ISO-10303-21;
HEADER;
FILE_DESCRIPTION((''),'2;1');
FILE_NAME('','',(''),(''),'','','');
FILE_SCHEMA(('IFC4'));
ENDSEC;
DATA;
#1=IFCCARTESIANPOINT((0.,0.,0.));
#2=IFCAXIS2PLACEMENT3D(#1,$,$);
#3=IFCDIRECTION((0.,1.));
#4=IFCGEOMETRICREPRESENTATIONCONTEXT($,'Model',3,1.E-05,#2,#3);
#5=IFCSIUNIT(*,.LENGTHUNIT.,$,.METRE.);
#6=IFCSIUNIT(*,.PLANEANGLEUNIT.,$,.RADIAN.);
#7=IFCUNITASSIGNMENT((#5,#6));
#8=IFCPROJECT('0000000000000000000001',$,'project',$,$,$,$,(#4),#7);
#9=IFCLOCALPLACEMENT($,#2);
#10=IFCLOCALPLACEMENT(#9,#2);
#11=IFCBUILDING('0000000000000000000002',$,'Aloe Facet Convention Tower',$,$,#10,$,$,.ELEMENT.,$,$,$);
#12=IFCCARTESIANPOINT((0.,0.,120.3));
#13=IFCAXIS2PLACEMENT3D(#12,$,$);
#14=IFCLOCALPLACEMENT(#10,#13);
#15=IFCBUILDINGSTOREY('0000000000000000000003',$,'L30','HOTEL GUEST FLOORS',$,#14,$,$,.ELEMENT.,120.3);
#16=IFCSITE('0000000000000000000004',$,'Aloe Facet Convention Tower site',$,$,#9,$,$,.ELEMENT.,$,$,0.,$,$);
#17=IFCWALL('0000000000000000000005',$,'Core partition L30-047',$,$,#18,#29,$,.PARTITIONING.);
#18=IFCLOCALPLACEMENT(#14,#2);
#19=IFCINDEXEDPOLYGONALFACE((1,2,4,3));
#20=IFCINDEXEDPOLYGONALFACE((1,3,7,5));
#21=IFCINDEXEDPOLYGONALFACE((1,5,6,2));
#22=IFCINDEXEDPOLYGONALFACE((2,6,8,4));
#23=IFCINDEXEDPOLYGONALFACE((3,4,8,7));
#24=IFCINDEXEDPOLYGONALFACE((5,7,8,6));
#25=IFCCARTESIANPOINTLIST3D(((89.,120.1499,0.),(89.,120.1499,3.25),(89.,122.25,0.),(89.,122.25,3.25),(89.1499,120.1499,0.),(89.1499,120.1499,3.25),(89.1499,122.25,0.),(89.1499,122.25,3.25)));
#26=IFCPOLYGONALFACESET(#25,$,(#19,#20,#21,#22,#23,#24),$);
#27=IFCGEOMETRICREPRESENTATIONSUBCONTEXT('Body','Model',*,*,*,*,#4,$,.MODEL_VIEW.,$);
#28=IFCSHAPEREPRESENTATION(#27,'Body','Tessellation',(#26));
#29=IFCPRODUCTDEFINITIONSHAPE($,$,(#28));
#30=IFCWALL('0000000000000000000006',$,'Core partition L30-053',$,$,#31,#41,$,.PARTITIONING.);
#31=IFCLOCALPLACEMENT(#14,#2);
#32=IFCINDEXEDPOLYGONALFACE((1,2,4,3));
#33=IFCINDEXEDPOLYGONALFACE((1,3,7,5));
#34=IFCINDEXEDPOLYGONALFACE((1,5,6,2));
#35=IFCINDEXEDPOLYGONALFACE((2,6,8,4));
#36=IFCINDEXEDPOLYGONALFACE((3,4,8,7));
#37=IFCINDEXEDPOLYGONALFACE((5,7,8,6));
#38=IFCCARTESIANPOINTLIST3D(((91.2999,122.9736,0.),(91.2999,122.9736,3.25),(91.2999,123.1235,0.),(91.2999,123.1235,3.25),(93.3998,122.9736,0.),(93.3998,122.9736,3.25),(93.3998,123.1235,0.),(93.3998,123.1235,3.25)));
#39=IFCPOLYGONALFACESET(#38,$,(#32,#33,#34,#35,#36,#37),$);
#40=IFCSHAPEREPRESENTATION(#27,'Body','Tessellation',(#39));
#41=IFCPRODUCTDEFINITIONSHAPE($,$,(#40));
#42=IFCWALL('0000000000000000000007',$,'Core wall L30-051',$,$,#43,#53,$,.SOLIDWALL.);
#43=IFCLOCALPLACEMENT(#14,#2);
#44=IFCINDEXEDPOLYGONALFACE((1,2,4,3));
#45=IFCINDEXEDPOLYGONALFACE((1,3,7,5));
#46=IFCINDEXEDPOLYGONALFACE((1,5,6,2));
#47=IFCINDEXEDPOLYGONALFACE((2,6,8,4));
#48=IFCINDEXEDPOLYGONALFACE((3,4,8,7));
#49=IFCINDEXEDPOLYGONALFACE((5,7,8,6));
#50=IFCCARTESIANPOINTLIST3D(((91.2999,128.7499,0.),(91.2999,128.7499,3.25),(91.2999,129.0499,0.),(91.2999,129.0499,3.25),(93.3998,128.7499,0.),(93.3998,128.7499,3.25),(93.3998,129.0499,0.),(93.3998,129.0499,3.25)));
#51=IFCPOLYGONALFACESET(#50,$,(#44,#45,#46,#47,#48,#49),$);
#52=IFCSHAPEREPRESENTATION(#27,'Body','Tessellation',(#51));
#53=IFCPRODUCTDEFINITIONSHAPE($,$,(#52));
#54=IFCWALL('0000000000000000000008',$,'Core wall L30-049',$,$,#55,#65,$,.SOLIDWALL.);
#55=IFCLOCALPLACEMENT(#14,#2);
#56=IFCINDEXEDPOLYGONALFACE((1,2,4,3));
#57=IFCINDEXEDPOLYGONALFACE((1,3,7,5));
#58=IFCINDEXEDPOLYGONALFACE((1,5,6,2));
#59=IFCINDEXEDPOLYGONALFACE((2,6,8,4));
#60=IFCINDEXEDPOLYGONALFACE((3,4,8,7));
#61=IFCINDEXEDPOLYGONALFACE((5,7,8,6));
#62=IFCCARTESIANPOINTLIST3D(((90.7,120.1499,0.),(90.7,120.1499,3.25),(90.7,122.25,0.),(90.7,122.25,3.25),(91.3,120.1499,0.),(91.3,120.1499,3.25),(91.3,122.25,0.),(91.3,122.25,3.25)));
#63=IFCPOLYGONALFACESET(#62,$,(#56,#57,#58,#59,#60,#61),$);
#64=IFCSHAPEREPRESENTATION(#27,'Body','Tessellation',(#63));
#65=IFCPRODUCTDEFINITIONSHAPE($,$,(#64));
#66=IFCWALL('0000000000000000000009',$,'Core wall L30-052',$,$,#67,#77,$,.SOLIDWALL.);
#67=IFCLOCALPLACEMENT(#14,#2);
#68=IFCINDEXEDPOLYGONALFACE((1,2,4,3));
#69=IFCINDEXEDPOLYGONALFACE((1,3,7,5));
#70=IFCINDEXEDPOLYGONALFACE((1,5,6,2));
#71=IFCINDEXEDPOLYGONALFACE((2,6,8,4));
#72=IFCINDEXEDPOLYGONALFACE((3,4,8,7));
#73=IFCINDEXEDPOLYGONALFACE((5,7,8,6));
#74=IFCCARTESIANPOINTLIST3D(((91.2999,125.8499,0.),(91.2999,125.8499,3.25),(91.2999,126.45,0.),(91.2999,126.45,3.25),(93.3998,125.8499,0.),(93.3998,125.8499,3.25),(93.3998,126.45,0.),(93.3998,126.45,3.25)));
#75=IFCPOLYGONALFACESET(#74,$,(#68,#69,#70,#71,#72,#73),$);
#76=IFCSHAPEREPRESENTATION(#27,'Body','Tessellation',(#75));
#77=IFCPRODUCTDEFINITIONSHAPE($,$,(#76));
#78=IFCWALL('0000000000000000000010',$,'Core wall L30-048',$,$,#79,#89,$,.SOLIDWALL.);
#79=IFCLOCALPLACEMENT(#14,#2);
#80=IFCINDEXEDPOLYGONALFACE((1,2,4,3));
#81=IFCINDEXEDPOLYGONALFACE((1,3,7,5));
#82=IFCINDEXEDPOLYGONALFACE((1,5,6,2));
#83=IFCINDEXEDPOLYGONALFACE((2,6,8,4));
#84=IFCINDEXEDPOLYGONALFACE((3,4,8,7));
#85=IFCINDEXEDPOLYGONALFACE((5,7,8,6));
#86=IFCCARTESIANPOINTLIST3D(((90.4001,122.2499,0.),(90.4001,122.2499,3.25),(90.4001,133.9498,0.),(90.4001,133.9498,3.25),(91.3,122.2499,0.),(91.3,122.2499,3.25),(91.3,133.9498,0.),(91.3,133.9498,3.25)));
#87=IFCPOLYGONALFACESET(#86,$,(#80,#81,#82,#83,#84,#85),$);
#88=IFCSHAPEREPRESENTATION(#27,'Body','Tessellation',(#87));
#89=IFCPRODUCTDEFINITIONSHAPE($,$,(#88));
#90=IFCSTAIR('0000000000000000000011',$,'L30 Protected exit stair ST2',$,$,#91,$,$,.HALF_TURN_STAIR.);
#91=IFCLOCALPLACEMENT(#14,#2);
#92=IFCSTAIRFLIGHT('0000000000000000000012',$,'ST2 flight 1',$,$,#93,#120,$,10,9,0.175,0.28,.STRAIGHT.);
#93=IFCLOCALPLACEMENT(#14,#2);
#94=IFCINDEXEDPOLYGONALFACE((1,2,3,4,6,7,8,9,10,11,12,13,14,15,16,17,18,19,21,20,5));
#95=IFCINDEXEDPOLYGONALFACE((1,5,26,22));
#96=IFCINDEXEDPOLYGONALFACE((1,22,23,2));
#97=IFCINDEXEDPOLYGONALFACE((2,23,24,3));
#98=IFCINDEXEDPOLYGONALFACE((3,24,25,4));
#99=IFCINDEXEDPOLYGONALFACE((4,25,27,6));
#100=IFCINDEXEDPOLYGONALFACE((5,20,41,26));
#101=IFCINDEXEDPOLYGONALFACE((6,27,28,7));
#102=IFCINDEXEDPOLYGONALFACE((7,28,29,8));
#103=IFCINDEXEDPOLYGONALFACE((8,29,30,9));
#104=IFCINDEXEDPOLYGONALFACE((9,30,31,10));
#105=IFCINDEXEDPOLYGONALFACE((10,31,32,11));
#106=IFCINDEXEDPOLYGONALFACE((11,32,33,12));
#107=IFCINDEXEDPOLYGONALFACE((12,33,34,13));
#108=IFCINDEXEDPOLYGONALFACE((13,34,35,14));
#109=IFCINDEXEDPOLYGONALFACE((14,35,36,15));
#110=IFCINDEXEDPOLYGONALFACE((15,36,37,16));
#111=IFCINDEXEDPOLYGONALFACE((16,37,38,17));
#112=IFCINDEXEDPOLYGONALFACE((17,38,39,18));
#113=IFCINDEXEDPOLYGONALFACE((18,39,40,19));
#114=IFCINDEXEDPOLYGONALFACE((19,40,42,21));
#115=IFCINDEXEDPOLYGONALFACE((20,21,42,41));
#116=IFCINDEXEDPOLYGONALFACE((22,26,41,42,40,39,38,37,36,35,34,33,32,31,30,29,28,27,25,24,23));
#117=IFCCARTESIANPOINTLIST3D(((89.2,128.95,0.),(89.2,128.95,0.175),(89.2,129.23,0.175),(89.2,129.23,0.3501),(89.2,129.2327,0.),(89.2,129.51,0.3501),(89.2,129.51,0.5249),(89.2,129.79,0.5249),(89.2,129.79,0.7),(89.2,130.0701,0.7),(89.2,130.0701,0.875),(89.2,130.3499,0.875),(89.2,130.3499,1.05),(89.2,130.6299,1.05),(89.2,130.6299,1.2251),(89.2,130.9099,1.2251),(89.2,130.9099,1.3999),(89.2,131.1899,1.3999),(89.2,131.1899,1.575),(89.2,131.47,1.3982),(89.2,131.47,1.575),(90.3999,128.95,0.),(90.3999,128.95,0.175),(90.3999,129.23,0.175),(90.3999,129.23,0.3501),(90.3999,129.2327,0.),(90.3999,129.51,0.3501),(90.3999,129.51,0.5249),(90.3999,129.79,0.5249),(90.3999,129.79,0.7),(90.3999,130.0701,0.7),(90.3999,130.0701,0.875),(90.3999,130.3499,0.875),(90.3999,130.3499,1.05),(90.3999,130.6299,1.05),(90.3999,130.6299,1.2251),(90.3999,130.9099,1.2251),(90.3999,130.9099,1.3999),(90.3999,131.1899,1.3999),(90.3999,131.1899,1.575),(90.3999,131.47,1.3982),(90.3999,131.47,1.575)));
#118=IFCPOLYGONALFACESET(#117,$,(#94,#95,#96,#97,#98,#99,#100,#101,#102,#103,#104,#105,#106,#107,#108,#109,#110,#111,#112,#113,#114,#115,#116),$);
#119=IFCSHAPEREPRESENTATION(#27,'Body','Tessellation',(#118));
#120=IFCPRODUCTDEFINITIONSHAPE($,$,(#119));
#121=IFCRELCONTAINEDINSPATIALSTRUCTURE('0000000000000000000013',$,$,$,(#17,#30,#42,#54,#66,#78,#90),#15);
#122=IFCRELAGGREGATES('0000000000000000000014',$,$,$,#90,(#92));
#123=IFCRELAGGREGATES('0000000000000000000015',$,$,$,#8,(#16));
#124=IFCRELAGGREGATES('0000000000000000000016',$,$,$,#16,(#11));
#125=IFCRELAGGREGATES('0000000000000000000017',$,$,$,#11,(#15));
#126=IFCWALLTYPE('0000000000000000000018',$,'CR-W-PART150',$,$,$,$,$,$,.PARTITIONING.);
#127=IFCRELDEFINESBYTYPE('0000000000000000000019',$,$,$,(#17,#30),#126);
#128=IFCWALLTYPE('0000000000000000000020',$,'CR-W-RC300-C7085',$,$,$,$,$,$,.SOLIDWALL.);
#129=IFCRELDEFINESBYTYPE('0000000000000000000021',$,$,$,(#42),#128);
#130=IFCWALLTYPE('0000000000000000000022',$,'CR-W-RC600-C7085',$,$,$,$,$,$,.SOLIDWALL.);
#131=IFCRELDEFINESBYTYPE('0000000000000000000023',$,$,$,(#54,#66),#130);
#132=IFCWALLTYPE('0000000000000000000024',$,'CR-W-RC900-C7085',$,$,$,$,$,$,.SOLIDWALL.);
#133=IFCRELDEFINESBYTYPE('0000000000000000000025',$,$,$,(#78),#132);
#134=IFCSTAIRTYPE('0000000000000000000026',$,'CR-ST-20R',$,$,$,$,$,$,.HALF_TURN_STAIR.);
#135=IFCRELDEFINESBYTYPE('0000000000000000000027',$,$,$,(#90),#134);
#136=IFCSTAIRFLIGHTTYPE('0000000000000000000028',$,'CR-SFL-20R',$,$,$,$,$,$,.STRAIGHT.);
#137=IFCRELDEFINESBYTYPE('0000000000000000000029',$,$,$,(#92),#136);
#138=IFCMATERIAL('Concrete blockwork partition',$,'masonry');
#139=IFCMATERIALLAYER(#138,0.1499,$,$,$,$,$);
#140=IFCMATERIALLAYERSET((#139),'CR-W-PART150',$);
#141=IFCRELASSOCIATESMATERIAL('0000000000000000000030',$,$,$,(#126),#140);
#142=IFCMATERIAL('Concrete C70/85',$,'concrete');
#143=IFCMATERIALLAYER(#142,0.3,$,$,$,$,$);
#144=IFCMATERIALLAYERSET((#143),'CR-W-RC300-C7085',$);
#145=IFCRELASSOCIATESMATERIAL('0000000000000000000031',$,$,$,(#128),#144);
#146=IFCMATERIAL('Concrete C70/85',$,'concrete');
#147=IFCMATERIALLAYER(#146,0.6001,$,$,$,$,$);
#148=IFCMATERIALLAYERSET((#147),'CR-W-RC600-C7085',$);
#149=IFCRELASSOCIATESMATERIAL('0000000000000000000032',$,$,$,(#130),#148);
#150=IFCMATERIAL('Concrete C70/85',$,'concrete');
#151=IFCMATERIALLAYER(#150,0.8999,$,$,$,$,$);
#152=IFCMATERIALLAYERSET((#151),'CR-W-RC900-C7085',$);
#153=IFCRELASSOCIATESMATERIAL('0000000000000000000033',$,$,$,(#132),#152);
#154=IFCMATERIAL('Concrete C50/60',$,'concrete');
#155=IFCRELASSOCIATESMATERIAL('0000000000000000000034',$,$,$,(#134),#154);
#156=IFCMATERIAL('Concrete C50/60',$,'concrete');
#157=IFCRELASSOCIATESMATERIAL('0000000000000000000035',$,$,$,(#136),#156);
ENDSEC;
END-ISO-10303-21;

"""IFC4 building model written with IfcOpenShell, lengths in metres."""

from ifc_helpers import new_model, si_unit, direction, frame, frame_2d, origin, place, context, subcontext, project, spatial, polyline, rectangle, outline, extrude, material, layer, layer_set, type_object, element, aggregate, save


model = new_model("IFC4")

# Units and contexts
model_context = context("Model", 3, precision=1e-05, world=origin(), true_north=direction((0.0, 1.0)))
body_context = subcontext(model_context, "Body", "Model", "MODEL_VIEW")
ifc_project = project(units=[si_unit("LENGTHUNIT", "METRE"), si_unit("PLANEANGLEUNIT", "RADIAN")], contexts=[model_context])

# Site, building, storey
site_placement = place(None, origin())
site = spatial("IfcSite", under=ifc_project, at=site_placement, Name="Aloe Facet Convention Tower site", CompositionType="ELEMENT", RefElevation=0.0)
building_placement = place(site_placement, origin())
building = spatial("IfcBuilding", under=site, at=building_placement, Name="Aloe Facet Convention Tower", CompositionType="ELEMENT")
storey_placement = place(building_placement, frame((0.0, 0.0, 120.3)))
storey = spatial("IfcBuildingStorey", under=building, at=storey_placement, Name="L30", Description="HOTEL GUEST FLOORS", CompositionType="ELEMENT", Elevation=120.3)

# Walls
ifc_material_1 = material(Name="Concrete blockwork partition", Category="masonry")
ifc_layer_1 = layer(ifc_material_1, 0.1499)
ifc_layer_set_1 = layer_set([ifc_layer_1], Name="CR-W-PART150")
wall_type_1 = type_object("IfcWallType", Name="CR-W-PART150", PredefinedType="PARTITIONING", material=ifc_layer_set_1)
wall_1_placement = place(storey_placement, frame((89.075, 122.25, 0.0), z_axis=(0.0, 0.0, 1.0), x_axis=(0.0, -1.0, 0.0)))
element("IfcWall", 1, at=wall_1_placement, inside=storey, type_object=wall_type_1, Name="Core partition L30-047", PredefinedType="PARTITIONING", context=body_context, shape_type="SweptSolid", body=[
    extrude(rectangle(XDim=2.1001, YDim=0.1499, at=frame_2d((1.05, 0.0))), origin(), (0.0, 0.0, 1.0), 3.25),
])
wall_2_placement = place(storey_placement, frame((91.3, 123.0486, 0.0), z_axis=(0.0, 0.0, 1.0), x_axis=(1.0, 0.0, 0.0)))
element("IfcWall", 2, at=wall_2_placement, inside=storey, type_object=wall_type_1, Name="Core partition L30-053", PredefinedType="PARTITIONING", context=body_context, shape_type="SweptSolid", body=[
    extrude(rectangle(XDim=2.0999, YDim=0.1499, at=frame_2d((1.0498, 0.0))), origin(), (0.0, 0.0, 1.0), 3.25),
])
ifc_material_2 = material(Name="Concrete C70/85", Category="concrete")
ifc_layer_2 = layer(ifc_material_2, 0.3)
ifc_layer_set_2 = layer_set([ifc_layer_2], Name="CR-W-RC300-C7085")
wall_type_2 = type_object("IfcWallType", Name="CR-W-RC300-C7085", PredefinedType="SOLIDWALL", material=ifc_layer_set_2)
wall_3_placement = place(storey_placement, frame((91.3, 128.8999, 0.0), z_axis=(0.0, 0.0, 1.0), x_axis=(1.0, 0.0, 0.0)))
element("IfcWall", 3, at=wall_3_placement, inside=storey, type_object=wall_type_2, Name="Core wall L30-051", PredefinedType="SOLIDWALL", context=body_context, shape_type="SweptSolid", body=[
    extrude(rectangle(XDim=2.0999, YDim=0.3, at=frame_2d((1.0498, 0.0))), origin(), (0.0, 0.0, 1.0), 3.25),
])
ifc_material_3 = material(Name="Concrete C70/85", Category="concrete")
ifc_layer_3 = layer(ifc_material_3, 0.6001)
ifc_layer_set_3 = layer_set([ifc_layer_3], Name="CR-W-RC600-C7085")
wall_type_3 = type_object("IfcWallType", Name="CR-W-RC600-C7085", PredefinedType="SOLIDWALL", material=ifc_layer_set_3)
wall_4_placement = place(storey_placement, frame((91.0, 122.25, 0.0), z_axis=(0.0, 0.0, 1.0), x_axis=(0.0, -1.0, 0.0)))
element("IfcWall", 4, at=wall_4_placement, inside=storey, type_object=wall_type_3, Name="Core wall L30-049", PredefinedType="SOLIDWALL", context=body_context, shape_type="SweptSolid", body=[
    extrude(rectangle(XDim=2.1001, YDim=0.6001, at=frame_2d((1.05, 0.0))), origin(), (0.0, 0.0, 1.0), 3.25),
])
wall_5_placement = place(storey_placement, frame((91.3, 126.1499, 0.0), z_axis=(0.0, 0.0, 1.0), x_axis=(1.0, 0.0, 0.0)))
element("IfcWall", 5, at=wall_5_placement, inside=storey, type_object=wall_type_3, Name="Core wall L30-052", PredefinedType="SOLIDWALL", context=body_context, shape_type="SweptSolid", body=[
    extrude(rectangle(XDim=2.0999, YDim=0.6001, at=frame_2d((1.0498, 0.0))), origin(), (0.0, 0.0, 1.0), 3.25),
])
ifc_material_4 = material(Name="Concrete C70/85", Category="concrete")
ifc_layer_4 = layer(ifc_material_4, 0.8999)
ifc_layer_set_4 = layer_set([ifc_layer_4], Name="CR-W-RC900-C7085")
wall_type_4 = type_object("IfcWallType", Name="CR-W-RC900-C7085", PredefinedType="SOLIDWALL", material=ifc_layer_set_4)
wall_6_placement = place(storey_placement, frame((90.8501, 133.95, 0.0), z_axis=(0.0, 0.0, 1.0), x_axis=(0.0, -1.0, 0.0)))
element("IfcWall", 6, at=wall_6_placement, inside=storey, type_object=wall_type_4, Name="Core wall L30-048", PredefinedType="SOLIDWALL", context=body_context, shape_type="SweptSolid", body=[
    extrude(rectangle(XDim=11.7, YDim=0.8999, at=frame_2d((5.8501, 0.0))), origin(), (0.0, 0.0, 1.0), 3.25),
])

# Stair, stair flight
ifc_material_5 = material(Name="Concrete C50/60", Category="concrete")
stair_type = type_object("IfcStairType", Name="CR-ST-20R", PredefinedType="HALF_TURN_STAIR", material=ifc_material_5)
stair_placement = place(storey_placement, origin())
stair = element("IfcStair", 7, at=stair_placement, inside=storey, type_object=stair_type, Name="L30 Protected exit stair ST2", PredefinedType="HALF_TURN_STAIR")
ifc_material_6 = material(Name="Concrete C50/60", Category="concrete")
stair_flight_type = type_object("IfcStairFlightType", Name="CR-SFL-20R", PredefinedType="STRAIGHT", material=ifc_material_6)
stair_flight_placement = place(storey_placement, frame((89.8, 128.95, 0.0), z_axis=(0.0, 0.0, 1.0), x_axis=(0.0, 1.0, 0.0)))
stair_flight = element("IfcStairFlight", 8, at=stair_flight_placement, type_object=stair_flight_type, Name="ST2 flight 1", NumberOfRisers=10, NumberOfTreads=9, PredefinedType="STRAIGHT", RiserHeight=0.175, TreadLength=0.28, context=body_context, shape_type="SweptSolid", body=[
    extrude(outline(polyline([(0.0, 0.0), (0.0, 0.175), (0.28, 0.175), (0.28, 0.3501), (0.5601, 0.3501), (0.5601, 0.5249), (0.8401, 0.5249), (0.8401, 0.7), (1.1201, 0.7), (1.1201, 0.875), (1.3999, 0.875), (1.3999, 1.05), (1.6799, 1.05), (1.6799, 1.2251), (1.96, 1.2251), (1.96, 1.3999), (2.24, 1.3999), (2.24, 1.575), (2.52, 1.575), (2.52, 1.75), (2.52, 1.3982), (0.2827, 0.0), (0.0, 0.0)])), frame((0.0, 0.6001, 0.0), z_axis=(0.0, -1.0, 0.0), x_axis=(1.0, 0.0, 0.0)), (0.0, 0.0, 1.0), 1.2),
])
aggregate(stair, [stair_flight])

save(model, "model.ifc")
